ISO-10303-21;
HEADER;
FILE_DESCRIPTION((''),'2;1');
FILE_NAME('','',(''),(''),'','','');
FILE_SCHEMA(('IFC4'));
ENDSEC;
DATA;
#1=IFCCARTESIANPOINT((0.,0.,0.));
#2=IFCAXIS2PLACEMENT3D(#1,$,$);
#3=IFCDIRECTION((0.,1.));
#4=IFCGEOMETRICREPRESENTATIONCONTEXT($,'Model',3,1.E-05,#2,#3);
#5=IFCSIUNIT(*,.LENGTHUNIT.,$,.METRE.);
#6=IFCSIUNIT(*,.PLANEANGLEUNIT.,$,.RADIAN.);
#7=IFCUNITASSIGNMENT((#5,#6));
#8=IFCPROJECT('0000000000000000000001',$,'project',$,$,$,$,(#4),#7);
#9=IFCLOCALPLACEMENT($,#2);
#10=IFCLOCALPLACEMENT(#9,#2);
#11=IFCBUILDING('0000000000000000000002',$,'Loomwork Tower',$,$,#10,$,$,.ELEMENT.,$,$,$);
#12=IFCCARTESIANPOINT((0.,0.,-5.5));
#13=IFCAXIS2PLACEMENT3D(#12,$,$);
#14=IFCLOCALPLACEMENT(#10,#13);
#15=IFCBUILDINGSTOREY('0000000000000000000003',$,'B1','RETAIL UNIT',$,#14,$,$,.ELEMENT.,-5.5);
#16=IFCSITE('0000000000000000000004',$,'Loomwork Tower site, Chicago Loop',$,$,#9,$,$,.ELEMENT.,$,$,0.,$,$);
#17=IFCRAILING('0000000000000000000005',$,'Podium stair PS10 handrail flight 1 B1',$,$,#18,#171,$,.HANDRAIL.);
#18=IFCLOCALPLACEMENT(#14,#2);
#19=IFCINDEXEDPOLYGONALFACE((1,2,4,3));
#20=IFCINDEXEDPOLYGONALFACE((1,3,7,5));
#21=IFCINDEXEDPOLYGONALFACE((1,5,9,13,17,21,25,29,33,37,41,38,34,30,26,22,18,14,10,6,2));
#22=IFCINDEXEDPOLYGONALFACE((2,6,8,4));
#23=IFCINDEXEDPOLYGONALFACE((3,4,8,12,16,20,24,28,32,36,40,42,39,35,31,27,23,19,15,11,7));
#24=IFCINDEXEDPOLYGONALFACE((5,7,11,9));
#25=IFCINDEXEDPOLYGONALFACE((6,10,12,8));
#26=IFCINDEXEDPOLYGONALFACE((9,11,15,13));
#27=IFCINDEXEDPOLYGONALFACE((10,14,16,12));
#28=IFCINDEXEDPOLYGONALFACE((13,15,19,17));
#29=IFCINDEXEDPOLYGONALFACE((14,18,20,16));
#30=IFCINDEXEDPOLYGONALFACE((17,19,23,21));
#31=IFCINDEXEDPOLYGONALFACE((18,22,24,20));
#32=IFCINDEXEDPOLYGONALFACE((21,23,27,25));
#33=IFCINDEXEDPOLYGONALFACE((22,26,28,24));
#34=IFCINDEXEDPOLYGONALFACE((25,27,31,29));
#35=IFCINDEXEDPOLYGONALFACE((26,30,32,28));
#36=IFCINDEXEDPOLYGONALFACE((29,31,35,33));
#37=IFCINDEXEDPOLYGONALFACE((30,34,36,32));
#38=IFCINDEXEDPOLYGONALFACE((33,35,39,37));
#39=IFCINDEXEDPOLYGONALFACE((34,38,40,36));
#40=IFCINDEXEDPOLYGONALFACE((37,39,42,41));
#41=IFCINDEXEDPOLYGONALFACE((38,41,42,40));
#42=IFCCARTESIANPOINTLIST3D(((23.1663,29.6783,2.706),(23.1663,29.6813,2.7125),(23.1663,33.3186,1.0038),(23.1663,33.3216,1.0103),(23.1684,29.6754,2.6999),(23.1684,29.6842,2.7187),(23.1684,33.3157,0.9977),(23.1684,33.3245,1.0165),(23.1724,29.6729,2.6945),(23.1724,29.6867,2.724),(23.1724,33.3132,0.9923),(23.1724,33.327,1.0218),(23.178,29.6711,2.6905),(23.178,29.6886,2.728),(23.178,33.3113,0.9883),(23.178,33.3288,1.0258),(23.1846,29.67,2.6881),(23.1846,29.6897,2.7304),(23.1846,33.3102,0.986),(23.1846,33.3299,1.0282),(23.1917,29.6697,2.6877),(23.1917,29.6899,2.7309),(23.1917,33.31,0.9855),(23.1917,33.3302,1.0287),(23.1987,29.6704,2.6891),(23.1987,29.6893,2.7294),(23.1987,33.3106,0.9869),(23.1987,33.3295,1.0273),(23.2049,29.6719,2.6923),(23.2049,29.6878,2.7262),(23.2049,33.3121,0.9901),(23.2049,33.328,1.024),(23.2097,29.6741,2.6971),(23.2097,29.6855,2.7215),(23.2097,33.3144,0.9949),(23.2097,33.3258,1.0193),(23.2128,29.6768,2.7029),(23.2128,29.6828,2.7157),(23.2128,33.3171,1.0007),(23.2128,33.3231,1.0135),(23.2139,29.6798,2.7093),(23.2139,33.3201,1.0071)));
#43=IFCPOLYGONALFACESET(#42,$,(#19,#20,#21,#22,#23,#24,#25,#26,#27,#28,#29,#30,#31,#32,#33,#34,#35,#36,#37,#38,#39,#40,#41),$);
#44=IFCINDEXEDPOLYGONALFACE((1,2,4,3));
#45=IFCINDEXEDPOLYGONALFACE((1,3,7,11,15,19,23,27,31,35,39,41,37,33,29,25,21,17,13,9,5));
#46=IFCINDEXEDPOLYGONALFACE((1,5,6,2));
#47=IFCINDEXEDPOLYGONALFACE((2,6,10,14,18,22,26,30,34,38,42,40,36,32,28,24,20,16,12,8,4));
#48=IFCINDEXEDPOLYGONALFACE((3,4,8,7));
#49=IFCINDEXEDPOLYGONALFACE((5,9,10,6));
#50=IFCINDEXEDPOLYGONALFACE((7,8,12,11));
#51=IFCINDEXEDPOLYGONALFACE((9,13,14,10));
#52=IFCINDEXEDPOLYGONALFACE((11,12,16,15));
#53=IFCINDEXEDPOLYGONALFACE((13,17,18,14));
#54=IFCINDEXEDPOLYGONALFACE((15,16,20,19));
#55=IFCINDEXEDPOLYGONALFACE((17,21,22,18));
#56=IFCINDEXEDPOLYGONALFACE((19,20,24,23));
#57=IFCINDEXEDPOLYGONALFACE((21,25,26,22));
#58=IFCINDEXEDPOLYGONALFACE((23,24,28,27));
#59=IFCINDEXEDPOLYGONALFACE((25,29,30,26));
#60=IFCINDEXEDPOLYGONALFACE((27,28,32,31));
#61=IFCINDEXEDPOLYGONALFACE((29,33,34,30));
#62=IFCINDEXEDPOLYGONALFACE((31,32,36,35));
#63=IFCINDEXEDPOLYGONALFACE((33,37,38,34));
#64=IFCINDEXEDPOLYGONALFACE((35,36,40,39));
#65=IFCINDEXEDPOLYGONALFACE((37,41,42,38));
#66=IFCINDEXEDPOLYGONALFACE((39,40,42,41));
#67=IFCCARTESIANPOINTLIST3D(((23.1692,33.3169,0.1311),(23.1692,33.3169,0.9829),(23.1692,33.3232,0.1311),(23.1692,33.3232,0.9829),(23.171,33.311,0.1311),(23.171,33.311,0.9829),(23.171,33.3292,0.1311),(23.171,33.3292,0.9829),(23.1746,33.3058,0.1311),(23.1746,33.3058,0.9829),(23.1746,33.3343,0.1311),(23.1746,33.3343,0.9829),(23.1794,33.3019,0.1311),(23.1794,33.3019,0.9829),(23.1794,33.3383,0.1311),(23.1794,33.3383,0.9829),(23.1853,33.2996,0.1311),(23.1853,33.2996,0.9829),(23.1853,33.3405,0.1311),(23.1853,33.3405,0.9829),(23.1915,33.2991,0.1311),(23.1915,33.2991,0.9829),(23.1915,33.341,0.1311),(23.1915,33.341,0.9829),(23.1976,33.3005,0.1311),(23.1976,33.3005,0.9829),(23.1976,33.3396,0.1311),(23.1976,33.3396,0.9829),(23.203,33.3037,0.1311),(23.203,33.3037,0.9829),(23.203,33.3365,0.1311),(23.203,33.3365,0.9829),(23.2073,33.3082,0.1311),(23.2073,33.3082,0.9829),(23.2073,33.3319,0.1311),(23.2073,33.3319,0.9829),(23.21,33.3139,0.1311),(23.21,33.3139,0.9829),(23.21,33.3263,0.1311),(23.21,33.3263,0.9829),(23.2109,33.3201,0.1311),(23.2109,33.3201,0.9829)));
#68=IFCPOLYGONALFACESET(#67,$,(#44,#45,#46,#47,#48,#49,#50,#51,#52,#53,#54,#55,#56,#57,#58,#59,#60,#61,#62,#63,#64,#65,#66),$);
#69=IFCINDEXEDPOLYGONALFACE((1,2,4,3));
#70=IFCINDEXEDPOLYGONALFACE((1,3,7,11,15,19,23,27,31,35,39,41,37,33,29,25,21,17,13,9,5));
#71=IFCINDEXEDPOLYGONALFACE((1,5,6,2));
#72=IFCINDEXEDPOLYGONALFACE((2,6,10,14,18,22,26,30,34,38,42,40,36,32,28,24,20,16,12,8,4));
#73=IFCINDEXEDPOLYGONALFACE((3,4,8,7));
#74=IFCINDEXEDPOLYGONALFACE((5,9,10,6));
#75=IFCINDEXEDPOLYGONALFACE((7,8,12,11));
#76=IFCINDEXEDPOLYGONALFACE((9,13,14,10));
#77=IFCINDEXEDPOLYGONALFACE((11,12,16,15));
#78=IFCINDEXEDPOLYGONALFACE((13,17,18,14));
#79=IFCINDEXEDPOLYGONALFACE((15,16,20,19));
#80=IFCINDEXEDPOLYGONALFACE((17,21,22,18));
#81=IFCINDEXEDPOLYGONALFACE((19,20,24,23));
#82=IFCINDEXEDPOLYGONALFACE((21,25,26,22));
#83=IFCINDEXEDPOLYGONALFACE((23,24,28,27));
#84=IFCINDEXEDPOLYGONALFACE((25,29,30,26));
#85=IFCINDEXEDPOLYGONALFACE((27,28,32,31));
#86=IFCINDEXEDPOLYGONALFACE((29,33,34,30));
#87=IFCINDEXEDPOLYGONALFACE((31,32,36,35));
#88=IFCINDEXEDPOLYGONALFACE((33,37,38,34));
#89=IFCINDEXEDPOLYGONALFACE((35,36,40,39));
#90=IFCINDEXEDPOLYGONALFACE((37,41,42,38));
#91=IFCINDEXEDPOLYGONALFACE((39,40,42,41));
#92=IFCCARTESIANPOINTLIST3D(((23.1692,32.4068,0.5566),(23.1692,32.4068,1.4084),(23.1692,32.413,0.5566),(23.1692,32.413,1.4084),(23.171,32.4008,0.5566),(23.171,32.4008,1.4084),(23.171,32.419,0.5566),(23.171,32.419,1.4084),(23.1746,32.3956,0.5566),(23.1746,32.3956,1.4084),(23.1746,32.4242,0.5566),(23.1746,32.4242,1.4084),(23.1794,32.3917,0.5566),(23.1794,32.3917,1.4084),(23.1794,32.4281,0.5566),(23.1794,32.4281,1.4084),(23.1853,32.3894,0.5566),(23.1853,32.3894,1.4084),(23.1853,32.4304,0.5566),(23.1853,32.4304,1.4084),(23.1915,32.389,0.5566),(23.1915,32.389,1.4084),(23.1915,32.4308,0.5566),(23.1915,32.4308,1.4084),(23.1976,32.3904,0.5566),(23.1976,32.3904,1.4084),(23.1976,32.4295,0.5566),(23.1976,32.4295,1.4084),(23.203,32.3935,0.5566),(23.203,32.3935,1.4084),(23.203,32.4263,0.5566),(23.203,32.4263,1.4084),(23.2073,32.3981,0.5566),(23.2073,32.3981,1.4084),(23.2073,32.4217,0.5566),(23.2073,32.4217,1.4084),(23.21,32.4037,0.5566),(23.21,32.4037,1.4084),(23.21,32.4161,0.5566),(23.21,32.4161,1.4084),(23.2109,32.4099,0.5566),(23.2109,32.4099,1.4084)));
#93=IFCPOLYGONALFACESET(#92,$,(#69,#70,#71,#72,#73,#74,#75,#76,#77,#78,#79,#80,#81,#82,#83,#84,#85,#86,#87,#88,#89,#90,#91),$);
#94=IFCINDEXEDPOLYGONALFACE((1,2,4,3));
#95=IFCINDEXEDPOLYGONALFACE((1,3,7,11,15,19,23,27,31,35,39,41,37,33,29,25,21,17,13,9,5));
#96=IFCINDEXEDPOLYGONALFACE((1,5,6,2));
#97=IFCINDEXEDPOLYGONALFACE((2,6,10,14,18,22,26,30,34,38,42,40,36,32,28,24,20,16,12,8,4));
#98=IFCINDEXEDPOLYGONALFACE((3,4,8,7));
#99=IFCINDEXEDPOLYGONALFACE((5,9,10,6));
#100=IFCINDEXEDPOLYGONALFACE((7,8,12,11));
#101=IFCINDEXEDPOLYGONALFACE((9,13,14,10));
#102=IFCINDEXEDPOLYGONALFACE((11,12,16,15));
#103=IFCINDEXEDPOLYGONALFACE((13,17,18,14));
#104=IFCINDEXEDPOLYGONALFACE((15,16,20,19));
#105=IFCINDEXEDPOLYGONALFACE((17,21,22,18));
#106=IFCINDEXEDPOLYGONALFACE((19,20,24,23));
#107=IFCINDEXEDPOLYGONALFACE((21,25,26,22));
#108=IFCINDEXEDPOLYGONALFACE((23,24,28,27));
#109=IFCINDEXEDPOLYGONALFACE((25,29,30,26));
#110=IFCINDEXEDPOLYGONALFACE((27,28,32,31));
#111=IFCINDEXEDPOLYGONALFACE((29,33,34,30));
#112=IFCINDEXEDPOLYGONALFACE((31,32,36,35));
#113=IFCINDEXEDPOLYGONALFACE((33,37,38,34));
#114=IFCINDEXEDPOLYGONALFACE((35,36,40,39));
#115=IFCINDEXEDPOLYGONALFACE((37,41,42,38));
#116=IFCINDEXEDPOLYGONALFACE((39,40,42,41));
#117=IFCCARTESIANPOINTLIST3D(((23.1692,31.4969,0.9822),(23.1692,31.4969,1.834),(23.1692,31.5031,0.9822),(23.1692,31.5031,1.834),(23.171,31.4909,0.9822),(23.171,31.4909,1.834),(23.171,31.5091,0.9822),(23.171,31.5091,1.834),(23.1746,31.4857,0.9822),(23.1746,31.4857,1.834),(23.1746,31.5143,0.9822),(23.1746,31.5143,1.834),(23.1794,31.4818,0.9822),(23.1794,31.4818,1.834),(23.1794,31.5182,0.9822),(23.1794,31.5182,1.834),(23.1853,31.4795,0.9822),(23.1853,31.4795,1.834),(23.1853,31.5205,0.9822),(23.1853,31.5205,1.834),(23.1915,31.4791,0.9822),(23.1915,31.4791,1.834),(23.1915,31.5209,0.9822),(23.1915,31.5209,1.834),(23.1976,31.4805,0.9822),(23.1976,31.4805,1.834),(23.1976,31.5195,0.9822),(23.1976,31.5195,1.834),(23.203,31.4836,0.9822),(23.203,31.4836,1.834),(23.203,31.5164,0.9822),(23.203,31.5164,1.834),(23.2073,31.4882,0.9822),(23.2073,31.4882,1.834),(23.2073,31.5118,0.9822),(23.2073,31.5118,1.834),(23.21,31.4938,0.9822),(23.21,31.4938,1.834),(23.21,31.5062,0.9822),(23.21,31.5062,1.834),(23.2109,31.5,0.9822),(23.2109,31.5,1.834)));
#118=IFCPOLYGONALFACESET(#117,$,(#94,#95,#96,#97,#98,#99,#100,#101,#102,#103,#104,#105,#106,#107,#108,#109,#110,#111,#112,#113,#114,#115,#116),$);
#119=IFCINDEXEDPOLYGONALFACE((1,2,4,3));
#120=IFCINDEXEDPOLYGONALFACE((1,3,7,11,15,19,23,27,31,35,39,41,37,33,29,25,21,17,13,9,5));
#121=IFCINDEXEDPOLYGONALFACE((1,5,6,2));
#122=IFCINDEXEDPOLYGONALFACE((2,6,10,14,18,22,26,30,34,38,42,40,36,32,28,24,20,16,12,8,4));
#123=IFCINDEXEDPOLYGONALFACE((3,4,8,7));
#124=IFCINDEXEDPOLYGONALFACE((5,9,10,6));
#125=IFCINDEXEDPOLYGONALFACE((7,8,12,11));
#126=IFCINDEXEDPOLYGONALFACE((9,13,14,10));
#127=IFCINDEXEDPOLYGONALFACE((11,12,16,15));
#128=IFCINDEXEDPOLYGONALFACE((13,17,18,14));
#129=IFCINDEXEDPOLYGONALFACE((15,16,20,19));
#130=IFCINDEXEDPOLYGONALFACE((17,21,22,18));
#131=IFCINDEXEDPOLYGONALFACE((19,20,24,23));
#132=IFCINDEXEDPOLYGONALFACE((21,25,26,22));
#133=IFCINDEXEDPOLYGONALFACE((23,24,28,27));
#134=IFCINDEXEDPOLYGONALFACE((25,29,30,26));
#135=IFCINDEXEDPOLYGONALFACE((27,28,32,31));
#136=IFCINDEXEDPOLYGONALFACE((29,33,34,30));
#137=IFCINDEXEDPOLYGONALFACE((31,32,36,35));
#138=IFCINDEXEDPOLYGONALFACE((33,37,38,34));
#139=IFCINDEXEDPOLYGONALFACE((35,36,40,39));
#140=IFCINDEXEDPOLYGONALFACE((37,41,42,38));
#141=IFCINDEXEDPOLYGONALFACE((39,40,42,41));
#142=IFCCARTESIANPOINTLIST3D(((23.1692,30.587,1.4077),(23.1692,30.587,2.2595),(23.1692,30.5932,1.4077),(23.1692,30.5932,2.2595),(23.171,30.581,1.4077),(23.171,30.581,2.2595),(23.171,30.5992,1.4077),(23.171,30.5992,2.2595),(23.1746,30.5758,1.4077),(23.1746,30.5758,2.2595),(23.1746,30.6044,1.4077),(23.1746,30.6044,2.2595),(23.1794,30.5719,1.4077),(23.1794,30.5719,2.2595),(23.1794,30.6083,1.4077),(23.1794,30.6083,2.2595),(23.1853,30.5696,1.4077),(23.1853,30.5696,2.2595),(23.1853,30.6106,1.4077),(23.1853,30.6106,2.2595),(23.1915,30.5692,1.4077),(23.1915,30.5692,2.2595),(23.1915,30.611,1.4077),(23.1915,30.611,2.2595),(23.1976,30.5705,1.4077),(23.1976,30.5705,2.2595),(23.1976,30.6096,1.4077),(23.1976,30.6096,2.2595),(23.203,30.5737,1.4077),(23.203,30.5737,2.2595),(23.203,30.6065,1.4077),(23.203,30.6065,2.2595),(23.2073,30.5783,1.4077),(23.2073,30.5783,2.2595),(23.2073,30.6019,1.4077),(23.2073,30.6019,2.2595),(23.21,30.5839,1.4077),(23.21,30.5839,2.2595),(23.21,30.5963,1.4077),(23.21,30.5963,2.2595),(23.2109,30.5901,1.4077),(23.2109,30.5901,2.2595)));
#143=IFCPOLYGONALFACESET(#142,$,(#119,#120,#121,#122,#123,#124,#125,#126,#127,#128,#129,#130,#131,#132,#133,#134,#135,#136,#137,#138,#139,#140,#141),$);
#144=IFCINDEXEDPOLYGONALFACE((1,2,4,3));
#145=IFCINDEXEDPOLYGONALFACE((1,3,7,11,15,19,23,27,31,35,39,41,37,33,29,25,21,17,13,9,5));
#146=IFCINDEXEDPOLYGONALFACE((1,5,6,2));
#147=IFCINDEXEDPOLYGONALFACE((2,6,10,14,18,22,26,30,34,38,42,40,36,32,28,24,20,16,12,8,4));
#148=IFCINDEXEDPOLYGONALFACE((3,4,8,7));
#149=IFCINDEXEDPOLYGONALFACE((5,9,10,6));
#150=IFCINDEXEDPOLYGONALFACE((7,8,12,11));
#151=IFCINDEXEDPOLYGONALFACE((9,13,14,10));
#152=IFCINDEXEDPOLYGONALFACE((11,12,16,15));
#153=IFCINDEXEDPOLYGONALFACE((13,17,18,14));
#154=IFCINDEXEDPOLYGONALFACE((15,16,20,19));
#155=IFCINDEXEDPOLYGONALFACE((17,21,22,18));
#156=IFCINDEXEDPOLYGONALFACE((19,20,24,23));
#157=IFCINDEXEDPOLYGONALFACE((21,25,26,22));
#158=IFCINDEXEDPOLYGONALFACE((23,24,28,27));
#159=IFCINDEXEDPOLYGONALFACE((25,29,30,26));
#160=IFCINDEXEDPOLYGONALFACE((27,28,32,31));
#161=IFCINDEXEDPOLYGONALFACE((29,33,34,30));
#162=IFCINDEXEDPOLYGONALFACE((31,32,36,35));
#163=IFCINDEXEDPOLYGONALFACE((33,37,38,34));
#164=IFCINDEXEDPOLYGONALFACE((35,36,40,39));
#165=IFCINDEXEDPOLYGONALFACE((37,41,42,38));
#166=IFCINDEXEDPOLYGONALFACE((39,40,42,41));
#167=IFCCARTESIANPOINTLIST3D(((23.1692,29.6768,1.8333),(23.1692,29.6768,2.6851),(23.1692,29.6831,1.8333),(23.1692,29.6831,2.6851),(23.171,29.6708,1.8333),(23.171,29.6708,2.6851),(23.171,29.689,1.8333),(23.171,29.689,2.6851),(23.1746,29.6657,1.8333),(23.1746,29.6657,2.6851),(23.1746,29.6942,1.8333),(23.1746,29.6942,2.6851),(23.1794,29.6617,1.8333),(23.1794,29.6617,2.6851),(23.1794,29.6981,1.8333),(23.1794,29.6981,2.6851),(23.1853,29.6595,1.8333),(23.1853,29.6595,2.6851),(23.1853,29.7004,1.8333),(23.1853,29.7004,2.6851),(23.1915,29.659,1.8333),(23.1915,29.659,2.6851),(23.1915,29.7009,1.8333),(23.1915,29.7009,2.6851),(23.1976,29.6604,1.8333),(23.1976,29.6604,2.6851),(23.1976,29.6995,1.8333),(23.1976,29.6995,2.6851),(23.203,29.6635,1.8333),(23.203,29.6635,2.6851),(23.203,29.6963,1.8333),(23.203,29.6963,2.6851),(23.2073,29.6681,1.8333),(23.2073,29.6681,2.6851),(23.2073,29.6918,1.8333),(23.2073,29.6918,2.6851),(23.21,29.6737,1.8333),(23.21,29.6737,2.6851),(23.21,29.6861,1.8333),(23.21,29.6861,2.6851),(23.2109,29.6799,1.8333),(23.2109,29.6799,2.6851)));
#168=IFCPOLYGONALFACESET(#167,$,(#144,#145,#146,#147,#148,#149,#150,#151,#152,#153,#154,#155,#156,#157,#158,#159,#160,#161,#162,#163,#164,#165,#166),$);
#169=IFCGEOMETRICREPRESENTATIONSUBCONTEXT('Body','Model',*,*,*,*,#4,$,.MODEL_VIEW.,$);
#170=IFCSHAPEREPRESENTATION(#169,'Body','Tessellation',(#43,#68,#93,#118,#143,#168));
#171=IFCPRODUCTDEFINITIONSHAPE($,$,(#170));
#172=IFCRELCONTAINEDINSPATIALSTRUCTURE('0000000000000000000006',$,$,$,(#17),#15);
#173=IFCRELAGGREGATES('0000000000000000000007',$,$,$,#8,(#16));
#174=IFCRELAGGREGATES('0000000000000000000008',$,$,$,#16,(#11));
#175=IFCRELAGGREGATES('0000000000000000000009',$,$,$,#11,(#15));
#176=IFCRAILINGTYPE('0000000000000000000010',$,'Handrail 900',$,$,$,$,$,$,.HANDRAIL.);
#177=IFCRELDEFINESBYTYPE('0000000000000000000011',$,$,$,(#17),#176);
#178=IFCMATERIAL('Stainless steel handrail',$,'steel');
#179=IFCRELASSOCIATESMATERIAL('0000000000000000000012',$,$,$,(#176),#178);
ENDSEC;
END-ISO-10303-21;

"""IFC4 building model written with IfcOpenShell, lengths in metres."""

from ifc_helpers import new_model, si_unit, direction, frame, origin, origin_2d, place, context, subcontext, project, spatial, circle, extrude, material, type_object, element, save


model = new_model("IFC4")

# Units and contexts
model_context = context("Model", 3, precision=1e-05, world=origin(), true_north=direction((0.0, 1.0)))
body_context = subcontext(model_context, "Body", "Model", "MODEL_VIEW")
ifc_project = project(units=[si_unit("LENGTHUNIT", "METRE"), si_unit("PLANEANGLEUNIT", "RADIAN")], contexts=[model_context])

# Site, building, storey
site_placement = place(None, origin())
site = spatial("IfcSite", under=ifc_project, at=site_placement, Name="Loomwork Tower site, Chicago Loop", CompositionType="ELEMENT", RefElevation=0.0)
building_placement = place(site_placement, origin())
building = spatial("IfcBuilding", under=site, at=building_placement, Name="Loomwork Tower", CompositionType="ELEMENT")
storey_placement = place(building_placement, frame((0.0, 0.0, -5.5)))
storey = spatial("IfcBuildingStorey", under=building, at=storey_placement, Name="B1", Description="RETAIL UNIT", CompositionType="ELEMENT", Elevation=-5.5)

# Railing
ifc_material_1 = material(Name="Stainless steel handrail", Category="steel")
railing_type = type_object("IfcRailingType", Name="Handrail 900", PredefinedType="HANDRAIL", material=ifc_material_1)
railing_1_placement = place(storey_placement, frame((23.1899, 33.3201, 0.1311)))
element("IfcRailing", 1, at=railing_1_placement, inside=storey, type_object=railing_type, Name="Podium stair PS10 handrail flight 1 B1", PredefinedType="HANDRAIL", context=body_context, shape_type="SweptSolid", body=[
    extrude(circle(Radius=0.0239, at=origin_2d()), frame((0.0, 0.0, 0.876), z_axis=(0.0, -0.905857, 0.423584), x_axis=(1.0, 0.0, 0.0)), (0.0, 0.0, 1.0), 4.0186),
    extrude(circle(Radius=0.021, at=origin_2d()), origin(), (0.0, 0.0, 1.0), 0.8518),
    extrude(circle(Radius=0.021, at=origin_2d()), frame((0.0, -0.9102, 0.4255)), (0.0, 0.0, 1.0), 0.8518),
    extrude(circle(Radius=0.021, at=origin_2d()), frame((0.0, -1.8201, 0.8511)), (0.0, 0.0, 1.0), 0.8518),
    extrude(circle(Radius=0.021, at=origin_2d()), frame((0.0, -2.73, 1.2766)), (0.0, 0.0, 1.0), 0.8518),
    extrude(circle(Radius=0.021, at=origin_2d()), frame((0.0, -3.6401, 1.7021)), (0.0, 0.0, 1.0), 0.8518),
])

save(model, "model.ifc")
